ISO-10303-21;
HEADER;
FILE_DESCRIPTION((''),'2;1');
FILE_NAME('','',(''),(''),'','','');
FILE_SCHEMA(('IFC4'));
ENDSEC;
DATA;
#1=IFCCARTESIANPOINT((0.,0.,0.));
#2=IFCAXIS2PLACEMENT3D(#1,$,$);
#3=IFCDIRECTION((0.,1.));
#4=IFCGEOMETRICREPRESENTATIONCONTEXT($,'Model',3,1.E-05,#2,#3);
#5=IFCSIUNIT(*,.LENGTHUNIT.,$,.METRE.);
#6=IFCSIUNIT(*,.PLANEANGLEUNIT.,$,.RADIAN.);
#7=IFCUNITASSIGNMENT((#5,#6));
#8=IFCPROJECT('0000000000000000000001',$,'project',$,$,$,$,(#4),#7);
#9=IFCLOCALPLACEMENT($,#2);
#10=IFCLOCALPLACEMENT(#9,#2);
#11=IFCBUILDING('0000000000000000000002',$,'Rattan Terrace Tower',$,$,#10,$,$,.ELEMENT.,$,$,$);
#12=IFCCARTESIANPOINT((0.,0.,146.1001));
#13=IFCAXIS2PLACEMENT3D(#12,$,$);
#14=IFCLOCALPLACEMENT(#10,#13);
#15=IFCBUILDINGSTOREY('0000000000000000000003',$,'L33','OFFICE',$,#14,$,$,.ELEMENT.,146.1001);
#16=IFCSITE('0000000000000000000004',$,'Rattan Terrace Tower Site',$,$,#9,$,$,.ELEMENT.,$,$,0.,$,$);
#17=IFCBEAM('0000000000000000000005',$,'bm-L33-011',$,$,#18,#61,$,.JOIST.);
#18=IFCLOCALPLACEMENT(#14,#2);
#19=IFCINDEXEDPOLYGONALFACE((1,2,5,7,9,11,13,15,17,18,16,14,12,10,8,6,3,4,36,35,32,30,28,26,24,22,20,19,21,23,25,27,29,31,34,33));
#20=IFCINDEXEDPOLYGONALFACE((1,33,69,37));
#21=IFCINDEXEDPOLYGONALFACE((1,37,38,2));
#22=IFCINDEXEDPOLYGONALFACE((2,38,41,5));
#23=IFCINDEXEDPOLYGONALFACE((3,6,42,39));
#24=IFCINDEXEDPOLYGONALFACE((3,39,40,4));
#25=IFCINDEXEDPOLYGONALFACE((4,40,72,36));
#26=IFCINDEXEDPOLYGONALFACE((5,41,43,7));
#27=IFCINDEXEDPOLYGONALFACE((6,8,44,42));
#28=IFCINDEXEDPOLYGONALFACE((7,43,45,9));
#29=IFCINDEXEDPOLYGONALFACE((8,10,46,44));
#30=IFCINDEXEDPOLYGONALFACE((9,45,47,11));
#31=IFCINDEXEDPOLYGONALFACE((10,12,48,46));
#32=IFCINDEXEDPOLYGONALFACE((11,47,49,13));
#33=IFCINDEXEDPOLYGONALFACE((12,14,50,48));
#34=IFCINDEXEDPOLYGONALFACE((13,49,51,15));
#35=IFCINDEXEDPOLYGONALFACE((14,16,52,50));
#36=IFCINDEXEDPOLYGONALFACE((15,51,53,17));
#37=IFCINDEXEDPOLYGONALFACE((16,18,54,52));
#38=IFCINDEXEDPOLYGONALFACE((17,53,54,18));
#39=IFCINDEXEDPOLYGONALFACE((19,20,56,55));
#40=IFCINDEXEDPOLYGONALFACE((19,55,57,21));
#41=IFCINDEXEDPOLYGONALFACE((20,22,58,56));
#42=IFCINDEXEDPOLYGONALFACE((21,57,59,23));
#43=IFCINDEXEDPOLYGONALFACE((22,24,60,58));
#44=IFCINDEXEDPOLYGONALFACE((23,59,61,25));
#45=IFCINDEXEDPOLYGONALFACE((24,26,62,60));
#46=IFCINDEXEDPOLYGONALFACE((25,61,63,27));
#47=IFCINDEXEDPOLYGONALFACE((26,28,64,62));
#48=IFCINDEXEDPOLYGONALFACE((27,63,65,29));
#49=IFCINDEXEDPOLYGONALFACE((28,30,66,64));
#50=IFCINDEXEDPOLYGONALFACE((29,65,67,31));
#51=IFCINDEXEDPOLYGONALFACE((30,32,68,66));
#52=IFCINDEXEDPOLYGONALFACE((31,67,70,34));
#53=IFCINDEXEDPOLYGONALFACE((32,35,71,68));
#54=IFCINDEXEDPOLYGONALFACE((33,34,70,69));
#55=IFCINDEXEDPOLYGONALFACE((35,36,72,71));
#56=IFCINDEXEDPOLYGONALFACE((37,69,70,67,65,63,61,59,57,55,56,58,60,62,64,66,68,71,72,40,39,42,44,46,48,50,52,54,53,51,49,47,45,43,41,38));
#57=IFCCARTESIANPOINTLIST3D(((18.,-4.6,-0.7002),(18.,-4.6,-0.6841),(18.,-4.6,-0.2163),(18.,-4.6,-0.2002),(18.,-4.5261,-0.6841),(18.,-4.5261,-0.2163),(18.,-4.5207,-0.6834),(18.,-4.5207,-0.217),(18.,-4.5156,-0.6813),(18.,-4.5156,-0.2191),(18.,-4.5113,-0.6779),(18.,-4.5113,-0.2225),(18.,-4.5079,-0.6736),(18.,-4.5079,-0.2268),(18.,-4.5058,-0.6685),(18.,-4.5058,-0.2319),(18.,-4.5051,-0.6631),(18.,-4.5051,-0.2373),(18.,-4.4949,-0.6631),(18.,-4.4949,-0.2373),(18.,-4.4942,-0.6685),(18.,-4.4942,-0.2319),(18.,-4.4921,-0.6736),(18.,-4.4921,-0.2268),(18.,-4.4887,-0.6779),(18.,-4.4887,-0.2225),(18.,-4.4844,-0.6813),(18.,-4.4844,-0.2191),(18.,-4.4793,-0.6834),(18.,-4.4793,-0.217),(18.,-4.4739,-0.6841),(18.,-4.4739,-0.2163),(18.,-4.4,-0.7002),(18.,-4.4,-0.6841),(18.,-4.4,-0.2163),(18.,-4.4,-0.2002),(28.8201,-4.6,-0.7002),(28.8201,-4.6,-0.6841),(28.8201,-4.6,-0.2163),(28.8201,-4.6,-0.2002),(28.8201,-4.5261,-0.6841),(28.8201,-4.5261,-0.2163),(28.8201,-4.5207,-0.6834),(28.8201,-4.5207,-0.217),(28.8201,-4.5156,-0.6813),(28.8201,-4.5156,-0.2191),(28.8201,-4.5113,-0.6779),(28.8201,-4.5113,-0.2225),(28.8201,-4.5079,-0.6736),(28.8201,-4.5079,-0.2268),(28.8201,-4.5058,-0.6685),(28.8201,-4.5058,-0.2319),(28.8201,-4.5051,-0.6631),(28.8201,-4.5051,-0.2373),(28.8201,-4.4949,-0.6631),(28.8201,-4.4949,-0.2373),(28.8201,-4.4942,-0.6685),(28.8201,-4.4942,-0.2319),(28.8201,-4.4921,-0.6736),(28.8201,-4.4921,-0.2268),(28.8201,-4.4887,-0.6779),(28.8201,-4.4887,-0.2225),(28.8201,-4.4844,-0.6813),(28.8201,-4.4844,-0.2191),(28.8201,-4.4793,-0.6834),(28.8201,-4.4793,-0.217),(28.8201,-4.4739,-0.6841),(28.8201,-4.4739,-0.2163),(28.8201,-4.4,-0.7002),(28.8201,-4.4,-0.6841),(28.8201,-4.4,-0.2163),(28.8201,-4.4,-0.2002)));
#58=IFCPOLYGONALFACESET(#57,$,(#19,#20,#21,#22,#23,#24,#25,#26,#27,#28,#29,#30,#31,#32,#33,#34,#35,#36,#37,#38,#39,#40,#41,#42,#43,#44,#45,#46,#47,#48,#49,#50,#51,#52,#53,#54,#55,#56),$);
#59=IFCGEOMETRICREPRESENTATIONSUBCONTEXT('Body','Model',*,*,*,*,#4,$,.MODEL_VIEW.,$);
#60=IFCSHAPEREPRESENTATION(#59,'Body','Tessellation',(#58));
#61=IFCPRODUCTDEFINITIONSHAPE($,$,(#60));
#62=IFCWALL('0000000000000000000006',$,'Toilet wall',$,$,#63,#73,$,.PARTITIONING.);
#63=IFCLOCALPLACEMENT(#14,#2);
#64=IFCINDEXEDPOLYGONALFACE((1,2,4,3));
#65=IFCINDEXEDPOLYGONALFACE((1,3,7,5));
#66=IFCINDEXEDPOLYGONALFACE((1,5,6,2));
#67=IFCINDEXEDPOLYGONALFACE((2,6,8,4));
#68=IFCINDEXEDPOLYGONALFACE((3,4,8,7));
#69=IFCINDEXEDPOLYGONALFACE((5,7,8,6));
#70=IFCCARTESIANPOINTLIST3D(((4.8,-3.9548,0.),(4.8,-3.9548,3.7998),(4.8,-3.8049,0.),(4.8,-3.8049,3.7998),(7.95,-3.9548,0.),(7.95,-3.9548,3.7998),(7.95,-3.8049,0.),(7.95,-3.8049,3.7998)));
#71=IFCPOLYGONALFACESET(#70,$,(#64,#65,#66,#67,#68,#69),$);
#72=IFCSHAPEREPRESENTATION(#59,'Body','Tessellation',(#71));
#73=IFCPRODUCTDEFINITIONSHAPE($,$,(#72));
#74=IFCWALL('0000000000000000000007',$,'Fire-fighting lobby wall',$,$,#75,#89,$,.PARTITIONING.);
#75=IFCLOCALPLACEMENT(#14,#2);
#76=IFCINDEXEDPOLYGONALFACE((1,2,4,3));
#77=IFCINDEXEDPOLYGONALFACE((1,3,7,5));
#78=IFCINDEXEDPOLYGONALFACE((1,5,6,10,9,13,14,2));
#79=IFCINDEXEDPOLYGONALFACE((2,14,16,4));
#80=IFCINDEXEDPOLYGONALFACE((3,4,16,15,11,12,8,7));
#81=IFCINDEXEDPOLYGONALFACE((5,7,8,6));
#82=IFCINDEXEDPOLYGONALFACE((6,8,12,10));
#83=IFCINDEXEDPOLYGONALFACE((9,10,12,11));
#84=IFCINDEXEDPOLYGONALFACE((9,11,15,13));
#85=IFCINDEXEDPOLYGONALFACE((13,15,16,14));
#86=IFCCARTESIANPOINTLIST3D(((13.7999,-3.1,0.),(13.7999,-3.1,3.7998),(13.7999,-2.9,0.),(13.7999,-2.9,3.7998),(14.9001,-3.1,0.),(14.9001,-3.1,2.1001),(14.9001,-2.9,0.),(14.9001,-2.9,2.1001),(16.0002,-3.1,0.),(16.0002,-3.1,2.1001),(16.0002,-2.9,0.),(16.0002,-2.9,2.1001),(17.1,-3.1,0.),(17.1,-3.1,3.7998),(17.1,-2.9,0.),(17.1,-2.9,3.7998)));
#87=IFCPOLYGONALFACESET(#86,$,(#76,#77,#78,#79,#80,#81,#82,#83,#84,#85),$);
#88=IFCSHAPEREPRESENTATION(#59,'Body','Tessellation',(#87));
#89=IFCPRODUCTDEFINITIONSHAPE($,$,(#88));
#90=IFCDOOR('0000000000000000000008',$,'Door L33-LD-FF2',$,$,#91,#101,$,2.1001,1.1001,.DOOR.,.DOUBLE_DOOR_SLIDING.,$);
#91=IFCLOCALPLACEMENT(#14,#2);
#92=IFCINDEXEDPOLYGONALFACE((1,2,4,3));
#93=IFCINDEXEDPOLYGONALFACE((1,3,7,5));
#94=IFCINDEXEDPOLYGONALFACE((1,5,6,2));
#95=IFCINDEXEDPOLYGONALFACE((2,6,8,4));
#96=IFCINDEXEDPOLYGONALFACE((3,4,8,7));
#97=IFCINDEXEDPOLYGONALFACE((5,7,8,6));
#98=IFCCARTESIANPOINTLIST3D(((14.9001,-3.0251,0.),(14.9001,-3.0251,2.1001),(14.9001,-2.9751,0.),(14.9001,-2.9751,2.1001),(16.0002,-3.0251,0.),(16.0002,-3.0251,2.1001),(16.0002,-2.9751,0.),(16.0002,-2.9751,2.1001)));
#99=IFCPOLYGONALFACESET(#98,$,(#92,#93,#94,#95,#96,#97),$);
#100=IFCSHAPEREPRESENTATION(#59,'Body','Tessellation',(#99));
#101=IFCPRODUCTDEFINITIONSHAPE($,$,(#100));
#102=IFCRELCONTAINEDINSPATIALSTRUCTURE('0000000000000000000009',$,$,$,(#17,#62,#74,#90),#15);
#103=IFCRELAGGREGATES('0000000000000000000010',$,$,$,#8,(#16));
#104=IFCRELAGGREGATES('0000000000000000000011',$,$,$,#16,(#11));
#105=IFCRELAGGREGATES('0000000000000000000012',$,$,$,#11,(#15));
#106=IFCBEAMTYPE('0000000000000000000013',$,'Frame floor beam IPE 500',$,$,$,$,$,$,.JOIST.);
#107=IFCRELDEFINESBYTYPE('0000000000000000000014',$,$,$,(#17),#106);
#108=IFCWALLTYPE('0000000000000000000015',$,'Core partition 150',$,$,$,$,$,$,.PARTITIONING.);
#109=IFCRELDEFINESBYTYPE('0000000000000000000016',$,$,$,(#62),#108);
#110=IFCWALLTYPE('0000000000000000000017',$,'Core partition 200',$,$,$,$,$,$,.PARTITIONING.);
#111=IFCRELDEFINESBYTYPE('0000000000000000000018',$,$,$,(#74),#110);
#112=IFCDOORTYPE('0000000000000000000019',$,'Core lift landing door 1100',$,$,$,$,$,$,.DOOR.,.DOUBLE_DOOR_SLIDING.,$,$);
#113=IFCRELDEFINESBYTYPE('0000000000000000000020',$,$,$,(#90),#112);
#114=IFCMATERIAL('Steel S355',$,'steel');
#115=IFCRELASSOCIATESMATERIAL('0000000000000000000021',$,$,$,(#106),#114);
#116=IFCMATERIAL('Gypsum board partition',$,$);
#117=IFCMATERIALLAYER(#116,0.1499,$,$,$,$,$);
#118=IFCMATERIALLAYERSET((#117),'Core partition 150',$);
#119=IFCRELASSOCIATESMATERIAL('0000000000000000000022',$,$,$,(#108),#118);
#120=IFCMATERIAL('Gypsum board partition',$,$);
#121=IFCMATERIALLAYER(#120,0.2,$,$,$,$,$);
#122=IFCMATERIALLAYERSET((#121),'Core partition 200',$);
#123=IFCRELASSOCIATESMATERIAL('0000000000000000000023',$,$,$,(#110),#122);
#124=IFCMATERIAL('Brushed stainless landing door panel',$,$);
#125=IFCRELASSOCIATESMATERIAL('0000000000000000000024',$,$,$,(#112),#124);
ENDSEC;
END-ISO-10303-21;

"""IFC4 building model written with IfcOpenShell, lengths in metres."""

from ifc_helpers import new_model, si_unit, direction, frame, frame_2d, origin, origin_2d, place, context, subcontext, project, spatial, rectangle, i_section, extrude, material, layer, layer_set, material_profile, profile_set, type_object, element, fill, save


model = new_model("IFC4")

# Units and contexts
model_context = context("Model", 3, precision=1e-05, world=origin(), true_north=direction((0.0, 1.0)))
body_context = subcontext(model_context, "Body", "Model", "MODEL_VIEW")
ifc_project = project(units=[si_unit("LENGTHUNIT", "METRE"), si_unit("PLANEANGLEUNIT", "RADIAN")], contexts=[model_context])

# Site, building, storey
site_placement = place(None, origin())
site = spatial("IfcSite", under=ifc_project, at=site_placement, Name="Rattan Terrace Tower Site", CompositionType="ELEMENT", RefElevation=0.0)
building_placement = place(site_placement, origin())
building = spatial("IfcBuilding", under=site, at=building_placement, Name="Rattan Terrace Tower", CompositionType="ELEMENT")
storey_placement = place(building_placement, frame((0.0, 0.0, 146.1001)))
storey = spatial("IfcBuildingStorey", under=building, at=storey_placement, Name="L33", Description="OFFICE", CompositionType="ELEMENT", Elevation=146.1001)

# Beam
ifc_material_1 = material(Name="Steel S355", Category="steel")
ifc_material_profile = material_profile(ifc_material_1, i_section(OverallWidth=0.2, OverallDepth=0.5, WebThickness=0.0103, FlangeThickness=0.0161, FilletRadius=0.021, at=origin_2d()), Name="IPE 500")
ifc_profile_set = profile_set([ifc_material_profile], Name="Steel S355")
beam_type = type_object("IfcBeamType", Name="Frame floor beam IPE 500", PredefinedType="JOIST", material=ifc_profile_set)
beam_placement = place(storey_placement, frame((18.0, -4.5, -0.4502), z_axis=(1.0, 0.0, 0.0), x_axis=(0.0, 1.0, 0.0)))
element("IfcBeam", 1, at=beam_placement, inside=storey, type_object=beam_type, Name="bm-L33-011", PredefinedType="JOIST", context=body_context, shape_type="SweptSolid", body=[
    extrude(i_section(OverallWidth=0.2, OverallDepth=0.5, WebThickness=0.0103, FlangeThickness=0.0161, FilletRadius=0.021, at=origin_2d()), origin(), (0.0, 0.0, 1.0), 10.8201),
])

# Wall
ifc_material_2 = material(Name="Gypsum board partition")
ifc_layer_1 = layer(ifc_material_2, 0.1499)
ifc_layer_set_1 = layer_set([ifc_layer_1], Name="Core partition 150")
wall_type_1 = type_object("IfcWallType", Name="Core partition 150", PredefinedType="PARTITIONING", material=ifc_layer_set_1)
wall_1_placement = place(storey_placement, frame((4.8, -3.8799, 0.0), z_axis=(0.0, 0.0, 1.0), x_axis=(1.0, 0.0, 0.0)))
element("IfcWall", 2, at=wall_1_placement, inside=storey, type_object=wall_type_1, Name="Toilet wall", PredefinedType="PARTITIONING", context=body_context, shape_type="SweptSolid", body=[
    extrude(rectangle(XDim=3.1499, YDim=0.1499, at=frame_2d((1.575, 0.0))), origin(), (0.0, 0.0, 1.0), 3.7998),
])

# Wall, opening, door
ifc_material_3 = material(Name="Gypsum board partition")
ifc_layer_2 = layer(ifc_material_3, 0.2)
ifc_layer_set_2 = layer_set([ifc_layer_2], Name="Core partition 200")
wall_type_2 = type_object("IfcWallType", Name="Core partition 200", PredefinedType="PARTITIONING", material=ifc_layer_set_2)
wall_2_placement = place(storey_placement, frame((13.8, -3.0, 0.0), z_axis=(0.0, 0.0, 1.0), x_axis=(1.0, 0.0, 0.0)))
wall_2 = element("IfcWall", 3, at=wall_2_placement, inside=storey, type_object=wall_type_2, Name="Fire-fighting lobby wall", PredefinedType="PARTITIONING", context=body_context, shape_type="SweptSolid", body=[
    extrude(rectangle(XDim=3.3, YDim=0.2, at=frame_2d((1.6499, 0.0))), origin(), (0.0, 0.0, 1.0), 3.7998),
])
opening_1_placement = place(wall_2_placement, frame((1.1001, 0.0, 0.0)))
opening_1 = element("IfcOpeningElement", 4, at=opening_1_placement, cuts=wall_2, PredefinedType="OPENING", context=body_context, shape_type="SweptSolid", body=[
    extrude(rectangle(XDim=1.1001, YDim=2.1001, at=frame_2d((0.55, 1.05))), frame((0.0, 0.1106, 0.0), z_axis=(0.0, -1.0, 0.0), x_axis=(1.0, 0.0, 0.0)), (0.0, 0.0, 1.0), 0.2209),
])
ifc_material_4 = material(Name="Brushed stainless landing door panel")
door_type_1 = type_object("IfcDoorType", Name="Core lift landing door 1100", OperationType="DOUBLE_DOOR_SLIDING", PredefinedType="DOOR", material=ifc_material_4)
door_1_placement = place(opening_1_placement, origin())
door_1 = element("IfcDoor", 5, at=door_1_placement, inside=storey, type_object=door_type_1, Name="Door L33-LD-FF2", OperationType="DOUBLE_DOOR_SLIDING", OverallHeight=2.1001, OverallWidth=1.1001, PredefinedType="DOOR", context=body_context, shape_type="SweptSolid", body=[
    extrude(rectangle(XDim=1.1001, YDim=2.1001, at=frame_2d((0.55, 1.05))), frame((0.0, 0.0249, 0.0), z_axis=(0.0, -1.0, 0.0), x_axis=(1.0, 0.0, 0.0)), (0.0, 0.0, 1.0), 0.05),
])
fill(opening_1, door_1)

save(model, "model.ifc")
